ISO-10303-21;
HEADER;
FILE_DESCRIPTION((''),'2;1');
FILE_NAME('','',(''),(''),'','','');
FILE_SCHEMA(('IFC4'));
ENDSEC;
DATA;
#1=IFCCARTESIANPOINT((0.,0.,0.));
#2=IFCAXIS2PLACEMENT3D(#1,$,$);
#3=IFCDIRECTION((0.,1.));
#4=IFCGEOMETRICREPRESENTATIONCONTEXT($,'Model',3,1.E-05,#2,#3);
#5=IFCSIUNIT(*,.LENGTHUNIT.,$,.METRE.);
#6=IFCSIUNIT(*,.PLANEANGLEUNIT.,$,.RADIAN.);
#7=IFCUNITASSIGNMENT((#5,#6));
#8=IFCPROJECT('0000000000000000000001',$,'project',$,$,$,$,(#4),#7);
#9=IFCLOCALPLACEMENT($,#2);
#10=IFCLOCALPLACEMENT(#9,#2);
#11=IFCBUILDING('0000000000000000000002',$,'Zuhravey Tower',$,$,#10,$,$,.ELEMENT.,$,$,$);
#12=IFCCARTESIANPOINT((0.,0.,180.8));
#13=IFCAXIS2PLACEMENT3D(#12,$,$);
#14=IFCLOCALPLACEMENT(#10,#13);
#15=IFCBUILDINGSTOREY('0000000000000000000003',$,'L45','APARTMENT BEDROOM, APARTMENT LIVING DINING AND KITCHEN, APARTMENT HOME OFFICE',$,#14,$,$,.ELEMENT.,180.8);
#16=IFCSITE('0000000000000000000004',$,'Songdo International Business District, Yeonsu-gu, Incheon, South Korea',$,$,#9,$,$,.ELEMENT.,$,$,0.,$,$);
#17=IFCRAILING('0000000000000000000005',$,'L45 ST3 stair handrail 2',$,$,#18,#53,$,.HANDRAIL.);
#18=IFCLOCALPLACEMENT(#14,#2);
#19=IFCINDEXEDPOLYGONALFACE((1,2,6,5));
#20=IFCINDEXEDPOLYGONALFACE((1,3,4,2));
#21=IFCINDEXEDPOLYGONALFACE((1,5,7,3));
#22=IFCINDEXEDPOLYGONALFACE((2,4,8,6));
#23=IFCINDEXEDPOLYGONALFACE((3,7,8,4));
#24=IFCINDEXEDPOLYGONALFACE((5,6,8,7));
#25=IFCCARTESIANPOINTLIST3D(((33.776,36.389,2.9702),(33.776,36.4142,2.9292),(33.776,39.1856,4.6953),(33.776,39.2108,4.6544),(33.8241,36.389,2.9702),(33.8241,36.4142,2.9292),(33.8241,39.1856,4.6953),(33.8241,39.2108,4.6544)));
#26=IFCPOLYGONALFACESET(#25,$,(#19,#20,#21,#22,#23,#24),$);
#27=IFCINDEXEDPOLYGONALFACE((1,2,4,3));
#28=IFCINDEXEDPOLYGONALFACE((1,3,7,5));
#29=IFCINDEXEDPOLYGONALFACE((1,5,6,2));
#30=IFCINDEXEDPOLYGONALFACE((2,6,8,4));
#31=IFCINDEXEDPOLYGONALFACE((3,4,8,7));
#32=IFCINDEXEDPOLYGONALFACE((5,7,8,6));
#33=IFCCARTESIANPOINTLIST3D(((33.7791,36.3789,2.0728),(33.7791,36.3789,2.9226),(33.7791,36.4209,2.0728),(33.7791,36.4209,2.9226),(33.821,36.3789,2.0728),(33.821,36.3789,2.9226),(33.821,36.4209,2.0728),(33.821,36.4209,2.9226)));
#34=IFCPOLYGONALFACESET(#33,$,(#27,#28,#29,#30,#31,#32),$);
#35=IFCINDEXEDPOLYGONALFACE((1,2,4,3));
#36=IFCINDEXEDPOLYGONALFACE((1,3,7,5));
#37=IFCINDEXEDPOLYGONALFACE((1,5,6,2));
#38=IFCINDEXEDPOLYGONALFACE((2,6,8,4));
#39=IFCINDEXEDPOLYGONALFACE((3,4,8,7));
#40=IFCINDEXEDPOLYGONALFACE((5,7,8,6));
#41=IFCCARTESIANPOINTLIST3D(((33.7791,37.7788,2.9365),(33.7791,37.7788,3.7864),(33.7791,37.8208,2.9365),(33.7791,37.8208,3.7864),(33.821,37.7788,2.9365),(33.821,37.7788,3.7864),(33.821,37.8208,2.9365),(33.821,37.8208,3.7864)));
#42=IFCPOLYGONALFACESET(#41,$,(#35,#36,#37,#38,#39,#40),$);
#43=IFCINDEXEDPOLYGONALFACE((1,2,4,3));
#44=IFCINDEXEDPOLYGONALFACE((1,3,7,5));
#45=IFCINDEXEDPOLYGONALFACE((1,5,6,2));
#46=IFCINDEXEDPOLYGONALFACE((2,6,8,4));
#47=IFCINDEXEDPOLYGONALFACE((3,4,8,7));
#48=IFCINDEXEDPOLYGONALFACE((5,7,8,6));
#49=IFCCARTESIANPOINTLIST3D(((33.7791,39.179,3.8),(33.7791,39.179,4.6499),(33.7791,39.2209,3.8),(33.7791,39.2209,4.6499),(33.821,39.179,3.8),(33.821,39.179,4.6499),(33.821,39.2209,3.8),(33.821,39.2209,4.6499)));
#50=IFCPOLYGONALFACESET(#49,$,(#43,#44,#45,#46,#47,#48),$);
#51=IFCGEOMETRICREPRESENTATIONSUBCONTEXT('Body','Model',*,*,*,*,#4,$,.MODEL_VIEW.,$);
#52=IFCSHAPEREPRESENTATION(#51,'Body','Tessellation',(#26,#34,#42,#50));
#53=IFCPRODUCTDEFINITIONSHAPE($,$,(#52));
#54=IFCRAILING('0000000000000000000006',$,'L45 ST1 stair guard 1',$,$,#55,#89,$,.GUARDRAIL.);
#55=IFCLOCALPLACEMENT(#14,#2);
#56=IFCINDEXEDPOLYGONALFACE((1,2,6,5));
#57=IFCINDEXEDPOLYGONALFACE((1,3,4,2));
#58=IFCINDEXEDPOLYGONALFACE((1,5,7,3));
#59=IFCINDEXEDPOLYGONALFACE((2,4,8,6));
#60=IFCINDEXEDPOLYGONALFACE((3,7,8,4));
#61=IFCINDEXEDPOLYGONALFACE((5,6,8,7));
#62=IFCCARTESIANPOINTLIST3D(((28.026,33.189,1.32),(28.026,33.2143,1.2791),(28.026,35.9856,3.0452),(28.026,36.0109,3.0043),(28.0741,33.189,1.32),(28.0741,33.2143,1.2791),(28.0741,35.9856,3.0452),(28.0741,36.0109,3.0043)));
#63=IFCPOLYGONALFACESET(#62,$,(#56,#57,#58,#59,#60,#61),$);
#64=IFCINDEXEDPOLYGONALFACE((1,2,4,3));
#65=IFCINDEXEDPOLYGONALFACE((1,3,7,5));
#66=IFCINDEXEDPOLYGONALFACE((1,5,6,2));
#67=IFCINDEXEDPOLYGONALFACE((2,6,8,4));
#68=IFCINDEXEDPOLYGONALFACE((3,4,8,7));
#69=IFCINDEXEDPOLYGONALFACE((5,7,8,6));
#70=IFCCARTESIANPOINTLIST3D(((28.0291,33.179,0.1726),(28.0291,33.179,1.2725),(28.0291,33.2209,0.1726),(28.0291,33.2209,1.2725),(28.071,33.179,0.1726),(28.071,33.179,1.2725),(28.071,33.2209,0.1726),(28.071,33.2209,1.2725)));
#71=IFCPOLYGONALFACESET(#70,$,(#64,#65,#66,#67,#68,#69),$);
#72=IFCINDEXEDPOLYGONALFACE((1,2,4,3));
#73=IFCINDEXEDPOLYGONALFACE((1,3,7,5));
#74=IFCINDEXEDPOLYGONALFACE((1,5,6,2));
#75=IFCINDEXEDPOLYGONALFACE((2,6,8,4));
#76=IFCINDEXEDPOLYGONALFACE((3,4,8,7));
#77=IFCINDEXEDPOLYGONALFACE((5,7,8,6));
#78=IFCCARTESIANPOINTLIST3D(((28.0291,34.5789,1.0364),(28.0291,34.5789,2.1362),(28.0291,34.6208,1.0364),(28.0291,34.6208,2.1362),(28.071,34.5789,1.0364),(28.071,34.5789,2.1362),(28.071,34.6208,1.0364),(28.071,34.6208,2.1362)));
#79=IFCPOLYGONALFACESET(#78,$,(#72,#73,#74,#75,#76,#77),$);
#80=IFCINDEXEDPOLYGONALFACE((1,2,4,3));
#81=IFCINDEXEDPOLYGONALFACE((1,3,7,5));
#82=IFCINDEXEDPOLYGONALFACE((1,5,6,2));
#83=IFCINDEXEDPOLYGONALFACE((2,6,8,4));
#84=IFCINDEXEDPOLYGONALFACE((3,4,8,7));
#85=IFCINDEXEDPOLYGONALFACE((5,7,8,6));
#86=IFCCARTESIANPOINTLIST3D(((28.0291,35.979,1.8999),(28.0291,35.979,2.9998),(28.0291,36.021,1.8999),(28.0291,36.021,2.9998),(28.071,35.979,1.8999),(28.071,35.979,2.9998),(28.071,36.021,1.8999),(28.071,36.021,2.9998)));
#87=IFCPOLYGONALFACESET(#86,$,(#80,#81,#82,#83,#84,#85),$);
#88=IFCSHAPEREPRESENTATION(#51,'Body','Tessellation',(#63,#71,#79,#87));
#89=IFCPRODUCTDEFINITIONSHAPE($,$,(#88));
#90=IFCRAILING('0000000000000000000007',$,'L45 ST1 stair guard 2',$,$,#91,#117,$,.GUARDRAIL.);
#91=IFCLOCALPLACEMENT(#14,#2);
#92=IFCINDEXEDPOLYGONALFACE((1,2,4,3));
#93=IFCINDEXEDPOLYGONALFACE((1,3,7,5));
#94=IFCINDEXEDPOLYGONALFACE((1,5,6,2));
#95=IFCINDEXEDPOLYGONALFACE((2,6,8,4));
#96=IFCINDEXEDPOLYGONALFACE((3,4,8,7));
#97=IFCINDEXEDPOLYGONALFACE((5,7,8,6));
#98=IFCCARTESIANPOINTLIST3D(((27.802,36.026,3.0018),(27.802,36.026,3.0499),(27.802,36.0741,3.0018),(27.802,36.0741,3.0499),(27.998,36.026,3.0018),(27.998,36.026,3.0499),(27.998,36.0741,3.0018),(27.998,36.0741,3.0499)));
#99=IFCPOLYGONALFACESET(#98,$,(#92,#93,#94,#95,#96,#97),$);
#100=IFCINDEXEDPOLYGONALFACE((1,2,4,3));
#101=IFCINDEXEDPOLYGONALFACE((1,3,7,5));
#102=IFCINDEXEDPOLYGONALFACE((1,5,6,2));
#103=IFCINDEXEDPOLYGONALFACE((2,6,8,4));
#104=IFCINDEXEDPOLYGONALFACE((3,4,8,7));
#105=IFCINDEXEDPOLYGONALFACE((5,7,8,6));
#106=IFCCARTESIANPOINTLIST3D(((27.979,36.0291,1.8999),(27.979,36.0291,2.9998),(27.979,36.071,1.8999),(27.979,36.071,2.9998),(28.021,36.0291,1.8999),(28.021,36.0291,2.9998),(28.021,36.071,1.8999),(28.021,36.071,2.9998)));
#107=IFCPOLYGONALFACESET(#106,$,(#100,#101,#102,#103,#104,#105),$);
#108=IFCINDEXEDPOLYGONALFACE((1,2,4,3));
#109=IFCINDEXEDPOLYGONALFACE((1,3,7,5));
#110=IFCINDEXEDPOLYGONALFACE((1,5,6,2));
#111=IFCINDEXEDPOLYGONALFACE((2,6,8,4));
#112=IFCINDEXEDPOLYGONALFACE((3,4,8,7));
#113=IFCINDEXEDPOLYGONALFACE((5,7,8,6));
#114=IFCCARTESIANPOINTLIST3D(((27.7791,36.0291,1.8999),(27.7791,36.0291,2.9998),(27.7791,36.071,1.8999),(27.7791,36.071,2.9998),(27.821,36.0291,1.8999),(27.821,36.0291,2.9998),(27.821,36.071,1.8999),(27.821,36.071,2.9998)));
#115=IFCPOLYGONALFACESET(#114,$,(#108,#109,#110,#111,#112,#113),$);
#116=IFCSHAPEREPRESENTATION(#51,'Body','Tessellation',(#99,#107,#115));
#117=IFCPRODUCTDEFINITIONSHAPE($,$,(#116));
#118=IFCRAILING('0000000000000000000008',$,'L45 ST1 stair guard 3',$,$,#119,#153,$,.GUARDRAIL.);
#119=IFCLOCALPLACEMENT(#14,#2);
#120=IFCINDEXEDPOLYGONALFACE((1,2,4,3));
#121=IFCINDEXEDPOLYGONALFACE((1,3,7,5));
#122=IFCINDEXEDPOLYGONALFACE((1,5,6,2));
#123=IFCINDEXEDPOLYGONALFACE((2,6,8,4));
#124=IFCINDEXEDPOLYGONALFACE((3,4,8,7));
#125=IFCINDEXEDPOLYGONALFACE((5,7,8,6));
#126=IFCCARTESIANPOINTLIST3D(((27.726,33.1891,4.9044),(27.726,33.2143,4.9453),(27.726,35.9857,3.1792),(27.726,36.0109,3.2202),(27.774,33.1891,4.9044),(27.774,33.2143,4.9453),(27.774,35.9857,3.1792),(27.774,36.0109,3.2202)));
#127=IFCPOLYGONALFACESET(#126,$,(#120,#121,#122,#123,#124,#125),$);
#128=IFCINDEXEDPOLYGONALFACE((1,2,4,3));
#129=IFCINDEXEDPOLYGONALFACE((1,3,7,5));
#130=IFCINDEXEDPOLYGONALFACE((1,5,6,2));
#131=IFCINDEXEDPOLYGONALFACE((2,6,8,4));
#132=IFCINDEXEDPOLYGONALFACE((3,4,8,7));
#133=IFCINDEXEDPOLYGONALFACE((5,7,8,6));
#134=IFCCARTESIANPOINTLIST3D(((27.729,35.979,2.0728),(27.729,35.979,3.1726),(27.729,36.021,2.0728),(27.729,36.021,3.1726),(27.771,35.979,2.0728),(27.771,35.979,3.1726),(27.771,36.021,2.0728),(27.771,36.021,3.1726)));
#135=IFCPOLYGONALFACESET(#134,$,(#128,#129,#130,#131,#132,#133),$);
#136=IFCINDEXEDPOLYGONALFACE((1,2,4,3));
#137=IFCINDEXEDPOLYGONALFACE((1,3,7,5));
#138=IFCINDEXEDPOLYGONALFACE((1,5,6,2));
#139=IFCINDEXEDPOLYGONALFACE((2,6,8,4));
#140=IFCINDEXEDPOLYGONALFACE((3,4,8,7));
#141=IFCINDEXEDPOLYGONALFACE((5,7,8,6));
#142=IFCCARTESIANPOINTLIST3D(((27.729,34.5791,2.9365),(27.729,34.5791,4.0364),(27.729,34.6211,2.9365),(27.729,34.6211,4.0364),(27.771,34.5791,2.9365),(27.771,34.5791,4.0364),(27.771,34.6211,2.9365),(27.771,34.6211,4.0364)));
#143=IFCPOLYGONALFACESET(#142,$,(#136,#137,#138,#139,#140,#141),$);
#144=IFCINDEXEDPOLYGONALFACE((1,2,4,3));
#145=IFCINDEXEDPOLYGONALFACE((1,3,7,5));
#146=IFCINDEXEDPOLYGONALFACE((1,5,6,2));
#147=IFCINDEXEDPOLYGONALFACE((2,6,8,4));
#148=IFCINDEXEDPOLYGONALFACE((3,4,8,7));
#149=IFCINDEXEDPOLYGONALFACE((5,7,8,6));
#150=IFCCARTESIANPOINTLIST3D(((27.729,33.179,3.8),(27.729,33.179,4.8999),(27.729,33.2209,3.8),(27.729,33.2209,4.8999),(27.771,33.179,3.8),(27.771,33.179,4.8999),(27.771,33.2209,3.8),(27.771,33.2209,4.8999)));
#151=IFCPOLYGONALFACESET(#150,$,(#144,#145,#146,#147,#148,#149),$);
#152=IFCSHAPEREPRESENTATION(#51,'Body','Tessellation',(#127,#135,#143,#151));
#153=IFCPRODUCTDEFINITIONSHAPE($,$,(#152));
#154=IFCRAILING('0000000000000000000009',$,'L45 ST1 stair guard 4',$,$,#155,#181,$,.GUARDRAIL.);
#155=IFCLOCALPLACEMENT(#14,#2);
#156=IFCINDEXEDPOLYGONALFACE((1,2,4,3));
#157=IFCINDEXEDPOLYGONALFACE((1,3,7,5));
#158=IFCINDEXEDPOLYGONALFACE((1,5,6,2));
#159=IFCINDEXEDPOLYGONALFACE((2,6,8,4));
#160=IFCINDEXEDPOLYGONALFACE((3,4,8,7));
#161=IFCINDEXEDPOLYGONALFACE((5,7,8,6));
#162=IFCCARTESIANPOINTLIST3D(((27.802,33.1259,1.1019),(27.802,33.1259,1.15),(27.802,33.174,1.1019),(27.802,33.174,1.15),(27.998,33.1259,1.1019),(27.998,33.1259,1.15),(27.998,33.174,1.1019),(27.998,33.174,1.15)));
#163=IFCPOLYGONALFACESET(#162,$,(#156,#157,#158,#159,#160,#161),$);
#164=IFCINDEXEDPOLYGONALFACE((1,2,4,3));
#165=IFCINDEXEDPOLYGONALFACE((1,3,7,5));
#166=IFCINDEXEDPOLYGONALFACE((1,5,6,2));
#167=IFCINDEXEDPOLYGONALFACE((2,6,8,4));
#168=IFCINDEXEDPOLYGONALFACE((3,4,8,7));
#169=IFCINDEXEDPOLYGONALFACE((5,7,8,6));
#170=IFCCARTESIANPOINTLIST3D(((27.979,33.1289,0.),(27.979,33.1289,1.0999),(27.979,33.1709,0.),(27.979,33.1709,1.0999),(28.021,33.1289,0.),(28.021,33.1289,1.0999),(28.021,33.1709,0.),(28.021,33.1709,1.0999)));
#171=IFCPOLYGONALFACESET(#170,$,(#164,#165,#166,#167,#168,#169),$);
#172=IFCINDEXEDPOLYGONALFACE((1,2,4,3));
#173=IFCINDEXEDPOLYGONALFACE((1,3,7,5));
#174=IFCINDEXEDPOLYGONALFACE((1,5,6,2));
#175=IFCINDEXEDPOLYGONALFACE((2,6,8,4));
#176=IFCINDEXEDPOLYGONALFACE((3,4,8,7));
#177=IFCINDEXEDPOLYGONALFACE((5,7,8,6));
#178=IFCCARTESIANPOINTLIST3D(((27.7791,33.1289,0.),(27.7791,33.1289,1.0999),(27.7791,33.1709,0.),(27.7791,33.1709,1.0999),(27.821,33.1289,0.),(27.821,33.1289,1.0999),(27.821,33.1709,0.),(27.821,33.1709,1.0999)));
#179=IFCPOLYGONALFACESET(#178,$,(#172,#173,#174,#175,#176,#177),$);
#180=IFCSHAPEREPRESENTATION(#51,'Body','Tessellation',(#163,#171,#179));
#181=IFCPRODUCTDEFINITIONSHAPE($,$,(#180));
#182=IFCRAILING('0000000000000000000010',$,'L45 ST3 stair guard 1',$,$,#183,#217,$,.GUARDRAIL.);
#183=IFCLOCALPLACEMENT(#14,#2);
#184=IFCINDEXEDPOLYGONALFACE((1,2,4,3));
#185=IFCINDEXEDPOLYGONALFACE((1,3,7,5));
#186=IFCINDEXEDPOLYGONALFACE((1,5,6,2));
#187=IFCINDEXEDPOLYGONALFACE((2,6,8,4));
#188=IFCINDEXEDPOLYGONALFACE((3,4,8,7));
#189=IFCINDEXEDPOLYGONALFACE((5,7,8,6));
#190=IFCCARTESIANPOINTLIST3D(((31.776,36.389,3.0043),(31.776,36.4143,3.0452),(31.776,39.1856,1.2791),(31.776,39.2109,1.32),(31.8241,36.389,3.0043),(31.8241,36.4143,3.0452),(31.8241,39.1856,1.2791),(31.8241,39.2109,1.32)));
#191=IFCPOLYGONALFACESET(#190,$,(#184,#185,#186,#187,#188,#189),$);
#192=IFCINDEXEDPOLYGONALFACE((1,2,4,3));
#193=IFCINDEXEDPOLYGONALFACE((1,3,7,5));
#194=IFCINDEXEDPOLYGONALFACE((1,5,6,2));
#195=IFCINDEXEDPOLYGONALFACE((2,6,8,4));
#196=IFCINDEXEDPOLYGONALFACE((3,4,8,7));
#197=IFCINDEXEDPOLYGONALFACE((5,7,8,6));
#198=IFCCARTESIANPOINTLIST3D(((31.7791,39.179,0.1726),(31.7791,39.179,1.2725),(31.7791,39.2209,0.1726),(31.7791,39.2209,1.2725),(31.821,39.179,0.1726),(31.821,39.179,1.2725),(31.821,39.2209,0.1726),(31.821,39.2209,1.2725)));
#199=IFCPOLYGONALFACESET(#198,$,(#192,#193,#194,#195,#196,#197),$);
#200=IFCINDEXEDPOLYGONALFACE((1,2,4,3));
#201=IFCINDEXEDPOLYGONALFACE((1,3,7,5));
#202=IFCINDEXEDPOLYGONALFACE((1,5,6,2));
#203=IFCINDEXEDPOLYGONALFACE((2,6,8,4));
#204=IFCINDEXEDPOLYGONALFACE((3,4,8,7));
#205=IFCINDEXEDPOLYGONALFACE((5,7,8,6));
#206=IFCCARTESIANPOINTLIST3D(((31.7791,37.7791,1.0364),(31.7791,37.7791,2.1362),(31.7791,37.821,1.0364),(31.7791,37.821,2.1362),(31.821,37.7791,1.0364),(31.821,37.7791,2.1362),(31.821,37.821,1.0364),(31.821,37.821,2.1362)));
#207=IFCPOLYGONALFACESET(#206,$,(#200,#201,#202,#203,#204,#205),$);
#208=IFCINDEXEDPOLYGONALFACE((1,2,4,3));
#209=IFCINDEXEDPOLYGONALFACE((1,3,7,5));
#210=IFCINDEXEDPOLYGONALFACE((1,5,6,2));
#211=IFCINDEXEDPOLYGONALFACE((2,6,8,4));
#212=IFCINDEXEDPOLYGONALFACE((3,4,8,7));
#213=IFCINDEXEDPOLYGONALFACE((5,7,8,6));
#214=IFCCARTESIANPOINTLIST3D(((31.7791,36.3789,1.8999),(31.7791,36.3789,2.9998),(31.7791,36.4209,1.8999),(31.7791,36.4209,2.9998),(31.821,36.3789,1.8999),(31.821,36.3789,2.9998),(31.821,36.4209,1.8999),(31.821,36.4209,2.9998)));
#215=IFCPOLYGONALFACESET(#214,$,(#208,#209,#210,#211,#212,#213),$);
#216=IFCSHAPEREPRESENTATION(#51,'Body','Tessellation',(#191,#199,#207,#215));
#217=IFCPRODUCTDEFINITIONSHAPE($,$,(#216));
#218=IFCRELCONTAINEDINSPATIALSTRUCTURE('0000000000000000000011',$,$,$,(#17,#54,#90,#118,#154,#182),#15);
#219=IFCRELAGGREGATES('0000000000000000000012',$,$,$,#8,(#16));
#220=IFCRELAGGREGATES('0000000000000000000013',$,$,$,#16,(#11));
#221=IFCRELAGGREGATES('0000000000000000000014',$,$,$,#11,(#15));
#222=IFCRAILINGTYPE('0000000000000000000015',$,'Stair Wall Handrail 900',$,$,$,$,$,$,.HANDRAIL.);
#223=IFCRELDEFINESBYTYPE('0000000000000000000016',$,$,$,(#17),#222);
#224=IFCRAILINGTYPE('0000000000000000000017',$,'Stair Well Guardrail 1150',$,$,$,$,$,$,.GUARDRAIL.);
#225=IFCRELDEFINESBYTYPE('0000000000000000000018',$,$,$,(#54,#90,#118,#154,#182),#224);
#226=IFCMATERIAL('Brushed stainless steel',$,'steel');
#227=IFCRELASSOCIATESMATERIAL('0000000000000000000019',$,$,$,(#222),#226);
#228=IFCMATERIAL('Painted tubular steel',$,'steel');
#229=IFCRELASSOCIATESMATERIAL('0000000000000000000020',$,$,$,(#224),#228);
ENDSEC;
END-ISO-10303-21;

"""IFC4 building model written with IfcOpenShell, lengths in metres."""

from ifc_helpers import new_model, si_unit, direction, frame, origin, origin_2d, place, context, subcontext, project, spatial, rectangle, extrude, material, type_object, element, save


model = new_model("IFC4")

# Units and contexts
model_context = context("Model", 3, precision=1e-05, world=origin(), true_north=direction((0.0, 1.0)))
body_context = subcontext(model_context, "Body", "Model", "MODEL_VIEW")
ifc_project = project(units=[si_unit("LENGTHUNIT", "METRE"), si_unit("PLANEANGLEUNIT", "RADIAN")], contexts=[model_context])

# Site, building, storey
site_placement = place(None, origin())
site = spatial("IfcSite", under=ifc_project, at=site_placement, Name="Songdo International Business District, Yeonsu-gu, Incheon, South Korea", CompositionType="ELEMENT", RefElevation=0.0)
building_placement = place(site_placement, origin())
building = spatial("IfcBuilding", under=site, at=building_placement, Name="Zuhravey Tower", CompositionType="ELEMENT")
storey_placement = place(building_placement, frame((0.0, 0.0, 180.8)))
storey = spatial("IfcBuildingStorey", under=building, at=storey_placement, Name="L45", Description="APARTMENT BEDROOM, APARTMENT LIVING DINING AND KITCHEN, APARTMENT HOME OFFICE", CompositionType="ELEMENT", Elevation=180.8)

# Railings
ifc_material_1 = material(Name="Brushed stainless steel", Category="steel")
railing_type_1 = type_object("IfcRailingType", Name="Stair Wall Handrail 900", PredefinedType="HANDRAIL", material=ifc_material_1)
railing_1_placement = place(storey_placement, frame((33.8, 36.3999, 2.0728)))
element("IfcRailing", 1, at=railing_1_placement, inside=storey, type_object=railing_type_1, Name="L45 ST3 stair handrail 2", PredefinedType="HANDRAIL", context=body_context, shape_type="SweptSolid", body=[
    extrude(rectangle(XDim=0.0481, YDim=0.0481, at=origin_2d()), frame((0.0, 0.0017, 0.877), z_axis=(0.0, 0.85109, 0.52502), x_axis=(-1.0, 0.0, 0.0)), (0.0, 0.0, 1.0), 3.2859),
    extrude(rectangle(XDim=0.042, YDim=0.042, at=origin_2d()), origin(), (0.0, 0.0, 1.0), 0.8499),
    extrude(rectangle(XDim=0.042, YDim=0.042, at=origin_2d()), frame((0.0, 1.3999, 0.8638)), (0.0, 0.0, 1.0), 0.8499),
    extrude(rectangle(XDim=0.042, YDim=0.042, at=origin_2d()), frame((0.0, 2.8, 1.7273)), (0.0, 0.0, 1.0), 0.8499),
])
ifc_material_2 = material(Name="Painted tubular steel", Category="steel")
railing_type_2 = type_object("IfcRailingType", Name="Stair Well Guardrail 1150", PredefinedType="GUARDRAIL", material=ifc_material_2)
railing_2_placement = place(storey_placement, frame((28.05, 33.2, 0.1726)))
element("IfcRailing", 2, at=railing_2_placement, inside=storey, type_object=railing_type_2, Name="L45 ST1 stair guard 1", PredefinedType="GUARDRAIL", context=body_context, shape_type="SweptSolid", body=[
    extrude(rectangle(XDim=0.0481, YDim=0.0481, at=origin_2d()), frame((0.0, 0.0017, 1.127), z_axis=(0.0, 0.85109, 0.52502), x_axis=(-1.0, 0.0, 0.0)), (0.0, 0.0, 1.0), 3.2859),
    extrude(rectangle(XDim=0.042, YDim=0.042, at=origin_2d()), origin(), (0.0, 0.0, 1.0), 1.0999),
    extrude(rectangle(XDim=0.042, YDim=0.042, at=origin_2d()), frame((0.0, 1.3999, 0.8638)), (0.0, 0.0, 1.0), 1.0999),
    extrude(rectangle(XDim=0.042, YDim=0.042, at=origin_2d()), frame((0.0, 2.8, 1.7273)), (0.0, 0.0, 1.0), 1.0999),
])
railing_3_placement = place(storey_placement, frame((28.0, 36.05, 1.8999)))
element("IfcRailing", 3, at=railing_3_placement, inside=storey, type_object=railing_type_2, Name="L45 ST1 stair guard 2", PredefinedType="GUARDRAIL", context=body_context, shape_type="SweptSolid", body=[
    extrude(rectangle(XDim=0.0481, YDim=0.0481, at=origin_2d()), frame((-0.002, 0.0, 1.126), z_axis=(-1.0, 0.0, 0.0), x_axis=(0.0, -1.0, 0.0)), (0.0, 0.0, 1.0), 0.196),
    extrude(rectangle(XDim=0.042, YDim=0.042, at=origin_2d()), origin(), (0.0, 0.0, 1.0), 1.0999),
    extrude(rectangle(XDim=0.042, YDim=0.042, at=origin_2d()), frame((-0.2, 0.0, 0.0)), (0.0, 0.0, 1.0), 1.0999),
])
railing_4_placement = place(storey_placement, frame((27.75, 36.0, 2.0728)))
element("IfcRailing", 4, at=railing_4_placement, inside=storey, type_object=railing_type_2, Name="L45 ST1 stair guard 3", PredefinedType="GUARDRAIL", context=body_context, shape_type="SweptSolid", body=[
    extrude(rectangle(XDim=0.0481, YDim=0.0481, at=origin_2d()), frame((0.0, -0.0017, 1.127), z_axis=(0.0, -0.85109, 0.52502), x_axis=(1.0, 0.0, 0.0)), (0.0, 0.0, 1.0), 3.2859),
    extrude(rectangle(XDim=0.042, YDim=0.042, at=origin_2d()), origin(), (0.0, 0.0, 1.0), 1.0999),
    extrude(rectangle(XDim=0.042, YDim=0.042, at=origin_2d()), frame((0.0, -1.3999, 0.8638)), (0.0, 0.0, 1.0), 1.0999),
    extrude(rectangle(XDim=0.042, YDim=0.042, at=origin_2d()), frame((0.0, -2.8, 1.7273)), (0.0, 0.0, 1.0), 1.0999),
])
railing_5_placement = place(storey_placement, frame((28.0, 33.1499, 0.0)))
element("IfcRailing", 5, at=railing_5_placement, inside=storey, type_object=railing_type_2, Name="L45 ST1 stair guard 4", PredefinedType="GUARDRAIL", context=body_context, shape_type="SweptSolid", body=[
    extrude(rectangle(XDim=0.0481, YDim=0.0481, at=origin_2d()), frame((-0.002, 0.0, 1.126), z_axis=(-1.0, 0.0, 0.0), x_axis=(0.0, -1.0, 0.0)), (0.0, 0.0, 1.0), 0.196),
    extrude(rectangle(XDim=0.042, YDim=0.042, at=origin_2d()), origin(), (0.0, 0.0, 1.0), 1.0999),
    extrude(rectangle(XDim=0.042, YDim=0.042, at=origin_2d()), frame((-0.2, 0.0, 0.0)), (0.0, 0.0, 1.0), 1.0999),
])
railing_6_placement = place(storey_placement, frame((31.8, 39.2, 0.1726)))
element("IfcRailing", 6, at=railing_6_placement, inside=storey, type_object=railing_type_2, Name="L45 ST3 stair guard 1", PredefinedType="GUARDRAIL", context=body_context, shape_type="SweptSolid", body=[
    extrude(rectangle(XDim=0.0481, YDim=0.0481, at=origin_2d()), frame((0.0, -0.0017, 1.127), z_axis=(0.0, -0.85109, 0.52502), x_axis=(1.0, 0.0, 0.0)), (0.0, 0.0, 1.0), 3.2859),
    extrude(rectangle(XDim=0.042, YDim=0.042, at=origin_2d()), origin(), (0.0, 0.0, 1.0), 1.0999),
    extrude(rectangle(XDim=0.042, YDim=0.042, at=origin_2d()), frame((0.0, -1.3999, 0.8638)), (0.0, 0.0, 1.0), 1.0999),
    extrude(rectangle(XDim=0.042, YDim=0.042, at=origin_2d()), frame((0.0, -2.8, 1.7273)), (0.0, 0.0, 1.0), 1.0999),
])

save(model, "model.ifc")
